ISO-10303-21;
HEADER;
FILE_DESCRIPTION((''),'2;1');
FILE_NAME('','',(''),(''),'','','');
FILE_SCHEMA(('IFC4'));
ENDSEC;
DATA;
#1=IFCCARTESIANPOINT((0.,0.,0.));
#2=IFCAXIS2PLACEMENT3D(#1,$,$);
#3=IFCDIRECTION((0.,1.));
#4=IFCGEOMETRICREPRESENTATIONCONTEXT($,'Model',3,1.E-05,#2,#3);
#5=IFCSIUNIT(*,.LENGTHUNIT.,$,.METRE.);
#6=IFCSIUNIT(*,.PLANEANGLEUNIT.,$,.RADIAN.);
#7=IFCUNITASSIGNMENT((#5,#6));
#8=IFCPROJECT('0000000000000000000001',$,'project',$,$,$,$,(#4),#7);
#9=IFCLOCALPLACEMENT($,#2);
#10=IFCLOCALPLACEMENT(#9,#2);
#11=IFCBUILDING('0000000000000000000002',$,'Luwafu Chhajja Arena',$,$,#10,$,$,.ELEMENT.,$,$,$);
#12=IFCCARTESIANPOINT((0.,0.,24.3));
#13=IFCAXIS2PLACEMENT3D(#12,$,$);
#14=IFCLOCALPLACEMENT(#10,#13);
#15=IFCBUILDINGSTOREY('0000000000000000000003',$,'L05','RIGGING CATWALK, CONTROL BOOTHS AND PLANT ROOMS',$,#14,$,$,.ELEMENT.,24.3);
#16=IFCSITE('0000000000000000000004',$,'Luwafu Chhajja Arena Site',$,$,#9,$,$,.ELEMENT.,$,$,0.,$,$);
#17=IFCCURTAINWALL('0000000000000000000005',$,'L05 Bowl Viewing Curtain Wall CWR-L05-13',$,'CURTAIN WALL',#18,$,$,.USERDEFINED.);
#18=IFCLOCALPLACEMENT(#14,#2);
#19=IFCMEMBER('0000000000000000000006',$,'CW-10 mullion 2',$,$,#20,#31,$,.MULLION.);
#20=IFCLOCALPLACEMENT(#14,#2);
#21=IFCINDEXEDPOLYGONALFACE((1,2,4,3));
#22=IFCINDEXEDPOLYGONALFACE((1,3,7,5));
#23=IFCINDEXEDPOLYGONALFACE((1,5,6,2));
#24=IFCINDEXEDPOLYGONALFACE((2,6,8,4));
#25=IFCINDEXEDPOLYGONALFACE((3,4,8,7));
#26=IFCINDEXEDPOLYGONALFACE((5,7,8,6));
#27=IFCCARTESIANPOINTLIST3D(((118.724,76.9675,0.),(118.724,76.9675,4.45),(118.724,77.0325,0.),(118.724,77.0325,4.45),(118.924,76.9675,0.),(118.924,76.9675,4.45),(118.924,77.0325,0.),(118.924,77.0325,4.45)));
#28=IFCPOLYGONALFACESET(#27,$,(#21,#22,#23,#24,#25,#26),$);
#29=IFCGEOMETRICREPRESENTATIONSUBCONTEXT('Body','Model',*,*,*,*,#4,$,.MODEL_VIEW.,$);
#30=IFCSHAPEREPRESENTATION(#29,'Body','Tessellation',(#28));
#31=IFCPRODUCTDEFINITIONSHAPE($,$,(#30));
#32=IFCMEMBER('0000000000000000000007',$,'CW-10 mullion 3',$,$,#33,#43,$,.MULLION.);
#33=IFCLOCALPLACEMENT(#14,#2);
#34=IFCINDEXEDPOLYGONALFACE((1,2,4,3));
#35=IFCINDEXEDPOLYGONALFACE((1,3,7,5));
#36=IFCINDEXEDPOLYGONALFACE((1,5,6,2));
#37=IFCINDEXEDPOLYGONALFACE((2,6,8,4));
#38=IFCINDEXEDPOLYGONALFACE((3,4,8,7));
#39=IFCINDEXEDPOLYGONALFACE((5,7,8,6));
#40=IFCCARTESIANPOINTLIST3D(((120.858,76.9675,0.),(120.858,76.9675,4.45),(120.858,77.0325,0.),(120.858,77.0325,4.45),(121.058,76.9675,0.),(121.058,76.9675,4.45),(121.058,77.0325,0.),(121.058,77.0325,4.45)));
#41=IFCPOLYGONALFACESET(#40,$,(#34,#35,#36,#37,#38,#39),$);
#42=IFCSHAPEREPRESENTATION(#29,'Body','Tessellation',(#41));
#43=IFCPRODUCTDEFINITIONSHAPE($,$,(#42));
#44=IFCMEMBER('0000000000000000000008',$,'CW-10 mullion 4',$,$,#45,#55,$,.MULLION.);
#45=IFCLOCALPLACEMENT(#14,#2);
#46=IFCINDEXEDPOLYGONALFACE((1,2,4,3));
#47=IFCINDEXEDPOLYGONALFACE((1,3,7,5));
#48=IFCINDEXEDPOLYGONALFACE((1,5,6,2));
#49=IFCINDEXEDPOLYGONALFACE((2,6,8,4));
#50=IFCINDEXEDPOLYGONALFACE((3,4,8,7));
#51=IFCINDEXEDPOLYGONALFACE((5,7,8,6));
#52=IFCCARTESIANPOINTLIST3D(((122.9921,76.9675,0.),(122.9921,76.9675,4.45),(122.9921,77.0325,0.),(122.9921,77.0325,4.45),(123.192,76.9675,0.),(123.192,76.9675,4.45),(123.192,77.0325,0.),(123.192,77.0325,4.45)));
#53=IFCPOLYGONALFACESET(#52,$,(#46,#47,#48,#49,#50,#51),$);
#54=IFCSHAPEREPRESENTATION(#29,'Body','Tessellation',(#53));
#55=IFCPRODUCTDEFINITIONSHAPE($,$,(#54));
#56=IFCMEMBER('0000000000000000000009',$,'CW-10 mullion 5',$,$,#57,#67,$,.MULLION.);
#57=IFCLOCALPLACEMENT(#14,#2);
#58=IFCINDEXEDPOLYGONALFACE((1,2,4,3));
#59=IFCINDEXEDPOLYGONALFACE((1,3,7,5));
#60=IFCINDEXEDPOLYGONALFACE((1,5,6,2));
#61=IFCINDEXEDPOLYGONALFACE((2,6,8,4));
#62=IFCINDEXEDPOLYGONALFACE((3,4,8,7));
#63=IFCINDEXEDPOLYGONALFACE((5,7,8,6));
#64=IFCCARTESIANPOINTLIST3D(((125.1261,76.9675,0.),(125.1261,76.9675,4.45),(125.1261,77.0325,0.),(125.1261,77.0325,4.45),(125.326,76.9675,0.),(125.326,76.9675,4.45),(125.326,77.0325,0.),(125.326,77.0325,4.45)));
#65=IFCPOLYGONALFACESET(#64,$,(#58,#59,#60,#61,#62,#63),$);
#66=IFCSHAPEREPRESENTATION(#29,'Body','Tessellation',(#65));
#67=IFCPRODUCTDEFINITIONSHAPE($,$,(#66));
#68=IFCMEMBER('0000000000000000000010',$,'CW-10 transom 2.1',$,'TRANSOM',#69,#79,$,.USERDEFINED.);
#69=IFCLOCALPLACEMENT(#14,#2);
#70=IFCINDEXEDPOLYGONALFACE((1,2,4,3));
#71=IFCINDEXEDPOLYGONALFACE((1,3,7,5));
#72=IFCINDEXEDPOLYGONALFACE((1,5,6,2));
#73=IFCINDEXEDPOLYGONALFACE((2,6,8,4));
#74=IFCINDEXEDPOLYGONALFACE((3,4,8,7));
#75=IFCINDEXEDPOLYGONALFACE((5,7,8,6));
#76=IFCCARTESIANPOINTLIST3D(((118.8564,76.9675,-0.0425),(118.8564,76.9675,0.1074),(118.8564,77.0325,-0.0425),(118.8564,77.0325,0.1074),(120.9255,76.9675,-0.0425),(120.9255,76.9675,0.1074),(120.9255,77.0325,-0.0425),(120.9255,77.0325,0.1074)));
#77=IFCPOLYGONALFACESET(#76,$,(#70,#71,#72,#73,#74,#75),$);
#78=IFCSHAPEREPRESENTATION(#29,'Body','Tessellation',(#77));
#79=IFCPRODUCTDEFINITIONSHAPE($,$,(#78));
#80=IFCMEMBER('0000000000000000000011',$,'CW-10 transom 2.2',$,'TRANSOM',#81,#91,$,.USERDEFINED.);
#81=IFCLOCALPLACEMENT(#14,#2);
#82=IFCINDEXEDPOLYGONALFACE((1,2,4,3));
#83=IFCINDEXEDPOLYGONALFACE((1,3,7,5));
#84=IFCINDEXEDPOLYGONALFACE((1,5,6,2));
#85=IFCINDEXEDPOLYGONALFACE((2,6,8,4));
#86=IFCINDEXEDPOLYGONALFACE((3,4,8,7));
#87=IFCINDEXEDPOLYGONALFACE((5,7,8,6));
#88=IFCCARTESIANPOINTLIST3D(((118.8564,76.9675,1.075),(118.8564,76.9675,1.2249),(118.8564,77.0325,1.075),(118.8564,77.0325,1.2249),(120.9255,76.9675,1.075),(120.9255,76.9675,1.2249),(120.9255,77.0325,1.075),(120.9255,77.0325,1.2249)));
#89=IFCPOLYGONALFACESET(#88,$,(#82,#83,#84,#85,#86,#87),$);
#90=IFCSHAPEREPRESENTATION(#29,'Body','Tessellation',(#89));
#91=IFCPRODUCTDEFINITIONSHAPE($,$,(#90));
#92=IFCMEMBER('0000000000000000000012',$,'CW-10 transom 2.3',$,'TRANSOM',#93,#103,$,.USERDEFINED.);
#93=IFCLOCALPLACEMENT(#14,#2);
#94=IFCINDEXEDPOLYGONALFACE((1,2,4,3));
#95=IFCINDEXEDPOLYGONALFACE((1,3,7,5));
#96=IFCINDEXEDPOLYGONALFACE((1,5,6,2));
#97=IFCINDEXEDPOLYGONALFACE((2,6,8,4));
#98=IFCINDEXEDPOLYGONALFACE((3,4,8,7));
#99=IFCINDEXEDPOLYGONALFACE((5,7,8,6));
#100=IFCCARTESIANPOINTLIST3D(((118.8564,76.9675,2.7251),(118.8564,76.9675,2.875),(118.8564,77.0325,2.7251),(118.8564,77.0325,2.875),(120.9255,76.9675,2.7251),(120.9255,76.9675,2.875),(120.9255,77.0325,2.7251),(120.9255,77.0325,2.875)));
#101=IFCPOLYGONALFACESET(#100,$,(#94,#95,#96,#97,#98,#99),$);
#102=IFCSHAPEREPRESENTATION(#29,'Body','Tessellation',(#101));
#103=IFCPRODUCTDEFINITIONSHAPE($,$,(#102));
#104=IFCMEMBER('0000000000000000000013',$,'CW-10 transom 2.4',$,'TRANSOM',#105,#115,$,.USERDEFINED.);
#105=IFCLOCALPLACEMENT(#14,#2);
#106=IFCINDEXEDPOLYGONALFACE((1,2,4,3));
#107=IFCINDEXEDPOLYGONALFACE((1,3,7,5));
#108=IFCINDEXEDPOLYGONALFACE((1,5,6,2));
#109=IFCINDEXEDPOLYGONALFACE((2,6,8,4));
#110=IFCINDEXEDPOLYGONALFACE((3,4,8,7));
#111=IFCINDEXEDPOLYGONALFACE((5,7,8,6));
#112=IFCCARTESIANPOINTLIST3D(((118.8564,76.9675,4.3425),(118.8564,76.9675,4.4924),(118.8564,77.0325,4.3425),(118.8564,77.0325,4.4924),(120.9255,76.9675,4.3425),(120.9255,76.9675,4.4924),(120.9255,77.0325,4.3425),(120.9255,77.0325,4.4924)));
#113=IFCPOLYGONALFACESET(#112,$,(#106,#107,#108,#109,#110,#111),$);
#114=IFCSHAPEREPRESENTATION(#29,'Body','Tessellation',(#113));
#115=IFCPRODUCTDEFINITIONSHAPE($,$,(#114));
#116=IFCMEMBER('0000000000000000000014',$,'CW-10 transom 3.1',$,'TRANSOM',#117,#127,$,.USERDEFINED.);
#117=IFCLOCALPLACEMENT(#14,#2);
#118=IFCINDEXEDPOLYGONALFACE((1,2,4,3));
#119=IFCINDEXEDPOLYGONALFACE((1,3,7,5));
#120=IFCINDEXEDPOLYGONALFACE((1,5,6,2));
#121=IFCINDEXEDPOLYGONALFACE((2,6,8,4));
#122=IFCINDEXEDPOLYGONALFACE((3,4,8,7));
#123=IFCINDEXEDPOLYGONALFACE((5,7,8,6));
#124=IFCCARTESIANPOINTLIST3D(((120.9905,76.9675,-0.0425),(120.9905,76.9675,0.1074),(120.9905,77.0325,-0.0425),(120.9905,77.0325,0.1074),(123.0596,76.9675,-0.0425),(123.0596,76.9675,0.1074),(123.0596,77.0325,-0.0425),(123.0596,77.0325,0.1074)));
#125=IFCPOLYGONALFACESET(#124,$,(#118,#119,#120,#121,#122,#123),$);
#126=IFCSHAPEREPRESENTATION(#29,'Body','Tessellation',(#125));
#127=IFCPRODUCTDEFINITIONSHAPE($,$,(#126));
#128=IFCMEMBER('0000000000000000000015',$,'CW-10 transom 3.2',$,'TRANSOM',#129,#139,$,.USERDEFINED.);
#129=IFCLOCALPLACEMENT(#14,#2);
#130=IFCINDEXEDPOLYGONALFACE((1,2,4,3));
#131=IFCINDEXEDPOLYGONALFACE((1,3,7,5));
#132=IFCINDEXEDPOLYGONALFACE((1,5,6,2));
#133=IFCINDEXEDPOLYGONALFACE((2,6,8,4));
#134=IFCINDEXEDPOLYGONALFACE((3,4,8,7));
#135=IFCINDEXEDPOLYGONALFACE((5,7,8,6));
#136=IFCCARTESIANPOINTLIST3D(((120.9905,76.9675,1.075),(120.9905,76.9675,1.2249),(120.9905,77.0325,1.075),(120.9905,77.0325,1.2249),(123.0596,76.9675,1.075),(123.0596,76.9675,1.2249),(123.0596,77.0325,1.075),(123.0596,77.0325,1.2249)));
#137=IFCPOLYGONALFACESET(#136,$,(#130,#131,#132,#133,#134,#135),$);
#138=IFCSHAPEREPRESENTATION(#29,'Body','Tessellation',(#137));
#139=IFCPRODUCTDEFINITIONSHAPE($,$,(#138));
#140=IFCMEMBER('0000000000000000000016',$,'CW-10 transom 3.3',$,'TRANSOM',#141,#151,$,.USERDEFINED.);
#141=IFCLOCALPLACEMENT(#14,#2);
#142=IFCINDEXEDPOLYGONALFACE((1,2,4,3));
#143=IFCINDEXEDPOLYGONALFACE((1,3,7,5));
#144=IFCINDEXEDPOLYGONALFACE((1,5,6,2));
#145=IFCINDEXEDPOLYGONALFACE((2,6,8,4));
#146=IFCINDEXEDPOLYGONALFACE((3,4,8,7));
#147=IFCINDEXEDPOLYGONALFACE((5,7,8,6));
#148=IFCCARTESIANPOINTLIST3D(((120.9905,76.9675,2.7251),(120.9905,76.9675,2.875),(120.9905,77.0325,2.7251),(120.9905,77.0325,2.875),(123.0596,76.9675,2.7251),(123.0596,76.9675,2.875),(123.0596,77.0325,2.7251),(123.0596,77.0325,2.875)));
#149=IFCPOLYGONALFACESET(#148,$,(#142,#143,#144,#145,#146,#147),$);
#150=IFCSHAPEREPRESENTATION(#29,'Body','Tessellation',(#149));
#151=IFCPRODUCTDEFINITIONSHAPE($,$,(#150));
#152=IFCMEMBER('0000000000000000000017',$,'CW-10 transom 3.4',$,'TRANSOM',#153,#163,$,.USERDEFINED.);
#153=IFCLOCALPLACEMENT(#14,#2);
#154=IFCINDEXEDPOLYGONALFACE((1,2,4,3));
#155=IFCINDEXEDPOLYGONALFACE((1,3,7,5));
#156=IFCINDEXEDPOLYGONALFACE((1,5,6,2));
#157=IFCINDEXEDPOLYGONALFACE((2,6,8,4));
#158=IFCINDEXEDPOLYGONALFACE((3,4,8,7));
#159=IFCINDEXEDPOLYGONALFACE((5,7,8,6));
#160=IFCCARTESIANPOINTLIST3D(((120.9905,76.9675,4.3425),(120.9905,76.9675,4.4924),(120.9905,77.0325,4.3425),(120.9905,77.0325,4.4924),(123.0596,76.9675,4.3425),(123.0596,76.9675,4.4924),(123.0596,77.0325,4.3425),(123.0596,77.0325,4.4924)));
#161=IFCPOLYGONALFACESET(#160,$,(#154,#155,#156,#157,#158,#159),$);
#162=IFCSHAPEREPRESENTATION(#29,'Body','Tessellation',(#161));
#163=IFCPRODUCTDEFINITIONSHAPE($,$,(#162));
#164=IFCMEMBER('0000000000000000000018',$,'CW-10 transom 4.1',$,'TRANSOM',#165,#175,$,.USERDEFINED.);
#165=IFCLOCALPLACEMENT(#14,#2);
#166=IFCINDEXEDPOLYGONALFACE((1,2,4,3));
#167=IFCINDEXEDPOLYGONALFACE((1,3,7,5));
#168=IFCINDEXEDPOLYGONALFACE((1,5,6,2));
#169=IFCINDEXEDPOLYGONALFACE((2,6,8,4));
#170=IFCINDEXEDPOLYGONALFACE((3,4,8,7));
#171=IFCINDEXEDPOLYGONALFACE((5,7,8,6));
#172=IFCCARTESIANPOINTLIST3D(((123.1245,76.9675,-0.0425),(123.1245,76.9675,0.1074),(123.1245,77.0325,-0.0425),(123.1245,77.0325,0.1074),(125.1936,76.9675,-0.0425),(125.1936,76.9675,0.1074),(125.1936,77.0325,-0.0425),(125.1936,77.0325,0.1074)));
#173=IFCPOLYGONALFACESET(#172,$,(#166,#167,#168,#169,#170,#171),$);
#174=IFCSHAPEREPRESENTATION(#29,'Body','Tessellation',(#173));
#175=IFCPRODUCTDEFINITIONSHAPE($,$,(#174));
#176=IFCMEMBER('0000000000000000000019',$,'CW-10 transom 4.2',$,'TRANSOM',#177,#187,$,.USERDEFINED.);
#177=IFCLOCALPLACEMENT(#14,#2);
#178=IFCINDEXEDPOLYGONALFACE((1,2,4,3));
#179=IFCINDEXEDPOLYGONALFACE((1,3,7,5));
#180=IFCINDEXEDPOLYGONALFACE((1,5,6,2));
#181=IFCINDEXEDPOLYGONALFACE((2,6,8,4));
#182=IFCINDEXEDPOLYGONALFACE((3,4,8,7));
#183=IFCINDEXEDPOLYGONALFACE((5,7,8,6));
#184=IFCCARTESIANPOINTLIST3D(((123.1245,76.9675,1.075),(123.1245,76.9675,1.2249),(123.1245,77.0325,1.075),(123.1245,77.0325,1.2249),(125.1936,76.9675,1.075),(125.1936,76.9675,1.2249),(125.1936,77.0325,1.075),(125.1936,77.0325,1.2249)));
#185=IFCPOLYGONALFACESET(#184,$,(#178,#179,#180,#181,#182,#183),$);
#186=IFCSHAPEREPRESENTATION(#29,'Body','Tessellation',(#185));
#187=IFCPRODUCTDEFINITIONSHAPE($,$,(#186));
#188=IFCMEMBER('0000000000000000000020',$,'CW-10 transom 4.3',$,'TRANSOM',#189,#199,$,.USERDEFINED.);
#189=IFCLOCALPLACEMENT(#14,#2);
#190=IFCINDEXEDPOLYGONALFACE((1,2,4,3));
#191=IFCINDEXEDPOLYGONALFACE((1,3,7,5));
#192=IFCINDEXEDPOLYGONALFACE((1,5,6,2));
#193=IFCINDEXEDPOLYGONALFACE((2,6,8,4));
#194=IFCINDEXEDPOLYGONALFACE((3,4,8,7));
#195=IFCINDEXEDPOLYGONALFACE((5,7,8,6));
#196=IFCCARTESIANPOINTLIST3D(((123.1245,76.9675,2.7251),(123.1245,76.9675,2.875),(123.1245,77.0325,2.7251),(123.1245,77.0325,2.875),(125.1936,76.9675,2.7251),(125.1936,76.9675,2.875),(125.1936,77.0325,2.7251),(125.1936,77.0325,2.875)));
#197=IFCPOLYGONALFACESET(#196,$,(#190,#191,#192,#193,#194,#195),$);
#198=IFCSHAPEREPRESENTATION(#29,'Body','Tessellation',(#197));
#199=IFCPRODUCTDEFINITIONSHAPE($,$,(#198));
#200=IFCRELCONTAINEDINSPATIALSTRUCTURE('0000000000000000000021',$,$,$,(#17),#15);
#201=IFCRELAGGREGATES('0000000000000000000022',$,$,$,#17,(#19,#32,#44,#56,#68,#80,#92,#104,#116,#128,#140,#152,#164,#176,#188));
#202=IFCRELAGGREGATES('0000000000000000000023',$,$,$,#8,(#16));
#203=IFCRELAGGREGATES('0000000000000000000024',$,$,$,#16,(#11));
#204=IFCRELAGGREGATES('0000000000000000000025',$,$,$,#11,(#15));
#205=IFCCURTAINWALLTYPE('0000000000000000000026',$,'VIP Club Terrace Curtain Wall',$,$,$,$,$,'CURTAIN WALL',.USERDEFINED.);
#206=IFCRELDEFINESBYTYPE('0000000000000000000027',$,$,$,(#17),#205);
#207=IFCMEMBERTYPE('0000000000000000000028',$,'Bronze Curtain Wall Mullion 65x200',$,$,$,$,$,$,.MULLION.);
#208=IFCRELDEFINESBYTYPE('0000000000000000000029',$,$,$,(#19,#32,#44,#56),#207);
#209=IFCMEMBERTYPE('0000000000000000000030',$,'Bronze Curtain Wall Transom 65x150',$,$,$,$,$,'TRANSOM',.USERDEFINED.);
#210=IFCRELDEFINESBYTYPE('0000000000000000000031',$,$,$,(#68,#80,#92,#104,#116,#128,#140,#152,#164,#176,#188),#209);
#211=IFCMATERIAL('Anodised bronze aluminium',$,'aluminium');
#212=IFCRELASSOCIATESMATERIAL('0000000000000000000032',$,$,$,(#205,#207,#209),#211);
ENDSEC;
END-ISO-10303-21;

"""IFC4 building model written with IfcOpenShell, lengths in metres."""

from ifc_helpers import new_model, si_unit, direction, frame, origin, origin_2d, place, context, subcontext, project, spatial, rectangle, extrude, material, material_profile, profile_set, type_object, element, aggregate, save


model = new_model("IFC4")

# Units and contexts
model_context = context("Model", 3, precision=1e-05, world=origin(), true_north=direction((0.0, 1.0)))
body_context = subcontext(model_context, "Body", "Model", "MODEL_VIEW")
ifc_project = project(units=[si_unit("LENGTHUNIT", "METRE"), si_unit("PLANEANGLEUNIT", "RADIAN")], contexts=[model_context])

# Site, building, storey
site_placement = place(None, origin())
site = spatial("IfcSite", under=ifc_project, at=site_placement, Name="Luwafu Chhajja Arena Site", CompositionType="ELEMENT", RefElevation=0.0)
building_placement = place(site_placement, origin())
building = spatial("IfcBuilding", under=site, at=building_placement, Name="Luwafu Chhajja Arena", CompositionType="ELEMENT")
storey_placement = place(building_placement, frame((0.0, 0.0, 24.3)))
storey = spatial("IfcBuildingStorey", under=building, at=storey_placement, Name="L05", Description="RIGGING CATWALK, CONTROL BOOTHS AND PLANT ROOMS", CompositionType="ELEMENT", Elevation=24.3)

# Curtain wall, members
ifc_material_1 = material(Name="Anodised bronze aluminium", Category="aluminium")
curtain_wall_type = type_object("IfcCurtainWallType", Name="VIP Club Terrace Curtain Wall", ElementType="CURTAIN WALL", PredefinedType="USERDEFINED", material=ifc_material_1)
curtain_wall_placement = place(storey_placement, origin())
curtain_wall = element("IfcCurtainWall", 1, at=curtain_wall_placement, inside=storey, type_object=curtain_wall_type, Name="L05 Bowl Viewing Curtain Wall CWR-L05-13", ObjectType="CURTAIN WALL", PredefinedType="USERDEFINED")
ifc_material_profile_1 = material_profile(ifc_material_1, rectangle(XDim=0.0649, YDim=0.2, at=origin_2d()), Name="CWM 65x200")
ifc_profile_set_1 = profile_set([ifc_material_profile_1], Name="Anodised bronze aluminium")
member_type_1 = type_object("IfcMemberType", Name="Bronze Curtain Wall Mullion 65x200", PredefinedType="MULLION", material=ifc_profile_set_1)
member_1_placement = place(storey_placement, frame((118.824, 77.0, 0.0), z_axis=(0.0, 0.0, 1.0), x_axis=(0.0, 1.0, 0.0)))
member_1 = element("IfcMember", 2, at=member_1_placement, type_object=member_type_1, Name="CW-10 mullion 2", PredefinedType="MULLION", context=body_context, shape_type="SweptSolid", body=[
    extrude(rectangle(XDim=0.0649, YDim=0.2, at=origin_2d()), origin(), (0.0, 0.0, 1.0), 4.45),
])
member_2_placement = place(storey_placement, frame((120.958, 77.0, 0.0), z_axis=(0.0, 0.0, 1.0), x_axis=(0.0, 1.0, 0.0)))
member_2 = element("IfcMember", 3, at=member_2_placement, type_object=member_type_1, Name="CW-10 mullion 3", PredefinedType="MULLION", context=body_context, shape_type="SweptSolid", body=[
    extrude(rectangle(XDim=0.0649, YDim=0.2, at=origin_2d()), origin(), (0.0, 0.0, 1.0), 4.45),
])
member_3_placement = place(storey_placement, frame((123.092, 77.0, 0.0), z_axis=(0.0, 0.0, 1.0), x_axis=(0.0, 1.0, 0.0)))
member_3 = element("IfcMember", 4, at=member_3_placement, type_object=member_type_1, Name="CW-10 mullion 4", PredefinedType="MULLION", context=body_context, shape_type="SweptSolid", body=[
    extrude(rectangle(XDim=0.0649, YDim=0.2, at=origin_2d()), origin(), (0.0, 0.0, 1.0), 4.45),
])
member_4_placement = place(storey_placement, frame((125.2261, 77.0, 0.0), z_axis=(0.0, 0.0, 1.0), x_axis=(0.0, 1.0, 0.0)))
member_4 = element("IfcMember", 5, at=member_4_placement, type_object=member_type_1, Name="CW-10 mullion 5", PredefinedType="MULLION", context=body_context, shape_type="SweptSolid", body=[
    extrude(rectangle(XDim=0.0649, YDim=0.2, at=origin_2d()), origin(), (0.0, 0.0, 1.0), 4.45),
])
ifc_material_profile_2 = material_profile(ifc_material_1, rectangle(XDim=0.0649, YDim=0.1499, at=origin_2d()), Name="CWT 65x150")
ifc_profile_set_2 = profile_set([ifc_material_profile_2], Name="Anodised bronze aluminium")
member_type_2 = type_object("IfcMemberType", Name="Bronze Curtain Wall Transom 65x150", ElementType="TRANSOM", PredefinedType="USERDEFINED", material=ifc_profile_set_2)
member_5_placement = place(storey_placement, frame((118.8564, 77.0, 0.0325), z_axis=(1.0, 0.0, 0.0), x_axis=(0.0, 1.0, 0.0)))
member_5 = element("IfcMember", 6, at=member_5_placement, type_object=member_type_2, Name="CW-10 transom 2.1", ObjectType="TRANSOM", PredefinedType="USERDEFINED", context=body_context, shape_type="SweptSolid", body=[
    extrude(rectangle(XDim=0.0649, YDim=0.1499, at=origin_2d()), origin(), (0.0, 0.0, 1.0), 2.0691),
])
member_6_placement = place(storey_placement, frame((118.8564, 77.0, 1.1499), z_axis=(1.0, 0.0, 0.0), x_axis=(0.0, 1.0, 0.0)))
member_6 = element("IfcMember", 7, at=member_6_placement, type_object=member_type_2, Name="CW-10 transom 2.2", ObjectType="TRANSOM", PredefinedType="USERDEFINED", context=body_context, shape_type="SweptSolid", body=[
    extrude(rectangle(XDim=0.0649, YDim=0.1499, at=origin_2d()), origin(), (0.0, 0.0, 1.0), 2.0691),
])
member_7_placement = place(storey_placement, frame((118.8564, 77.0, 2.8), z_axis=(1.0, 0.0, 0.0), x_axis=(0.0, 1.0, 0.0)))
member_7 = element("IfcMember", 8, at=member_7_placement, type_object=member_type_2, Name="CW-10 transom 2.3", ObjectType="TRANSOM", PredefinedType="USERDEFINED", context=body_context, shape_type="SweptSolid", body=[
    extrude(rectangle(XDim=0.0649, YDim=0.1499, at=origin_2d()), origin(), (0.0, 0.0, 1.0), 2.0691),
])
member_8_placement = place(storey_placement, frame((118.8564, 77.0, 4.4175), z_axis=(1.0, 0.0, 0.0), x_axis=(0.0, 1.0, 0.0)))
member_8 = element("IfcMember", 9, at=member_8_placement, type_object=member_type_2, Name="CW-10 transom 2.4", ObjectType="TRANSOM", PredefinedType="USERDEFINED", context=body_context, shape_type="SweptSolid", body=[
    extrude(rectangle(XDim=0.0649, YDim=0.1499, at=origin_2d()), origin(), (0.0, 0.0, 1.0), 2.0691),
])
member_9_placement = place(storey_placement, frame((120.9905, 77.0, 0.0325), z_axis=(1.0, 0.0, 0.0), x_axis=(0.0, 1.0, 0.0)))
member_9 = element("IfcMember", 10, at=member_9_placement, type_object=member_type_2, Name="CW-10 transom 3.1", ObjectType="TRANSOM", PredefinedType="USERDEFINED", context=body_context, shape_type="SweptSolid", body=[
    extrude(rectangle(XDim=0.0649, YDim=0.1499, at=origin_2d()), origin(), (0.0, 0.0, 1.0), 2.0691),
])
member_10_placement = place(storey_placement, frame((120.9905, 77.0, 1.1499), z_axis=(1.0, 0.0, 0.0), x_axis=(0.0, 1.0, 0.0)))
member_10 = element("IfcMember", 11, at=member_10_placement, type_object=member_type_2, Name="CW-10 transom 3.2", ObjectType="TRANSOM", PredefinedType="USERDEFINED", context=body_context, shape_type="SweptSolid", body=[
    extrude(rectangle(XDim=0.0649, YDim=0.1499, at=origin_2d()), origin(), (0.0, 0.0, 1.0), 2.0691),
])
member_11_placement = place(storey_placement, frame((120.9905, 77.0, 2.8), z_axis=(1.0, 0.0, 0.0), x_axis=(0.0, 1.0, 0.0)))
member_11 = element("IfcMember", 12, at=member_11_placement, type_object=member_type_2, Name="CW-10 transom 3.3", ObjectType="TRANSOM", PredefinedType="USERDEFINED", context=body_context, shape_type="SweptSolid", body=[
    extrude(rectangle(XDim=0.0649, YDim=0.1499, at=origin_2d()), origin(), (0.0, 0.0, 1.0), 2.0691),
])
member_12_placement = place(storey_placement, frame((120.9905, 77.0, 4.4175), z_axis=(1.0, 0.0, 0.0), x_axis=(0.0, 1.0, 0.0)))
member_12 = element("IfcMember", 13, at=member_12_placement, type_object=member_type_2, Name="CW-10 transom 3.4", ObjectType="TRANSOM", PredefinedType="USERDEFINED", context=body_context, shape_type="SweptSolid", body=[
    extrude(rectangle(XDim=0.0649, YDim=0.1499, at=origin_2d()), origin(), (0.0, 0.0, 1.0), 2.0691),
])
member_13_placement = place(storey_placement, frame((123.1245, 77.0, 0.0325), z_axis=(1.0, 0.0, 0.0), x_axis=(0.0, 1.0, 0.0)))
member_13 = element("IfcMember", 14, at=member_13_placement, type_object=member_type_2, Name="CW-10 transom 4.1", ObjectType="TRANSOM", PredefinedType="USERDEFINED", context=body_context, shape_type="SweptSolid", body=[
    extrude(rectangle(XDim=0.0649, YDim=0.1499, at=origin_2d()), origin(), (0.0, 0.0, 1.0), 2.0691),
])
member_14_placement = place(storey_placement, frame((123.1245, 77.0, 1.1499), z_axis=(1.0, 0.0, 0.0), x_axis=(0.0, 1.0, 0.0)))
member_14 = element("IfcMember", 15, at=member_14_placement, type_object=member_type_2, Name="CW-10 transom 4.2", ObjectType="TRANSOM", PredefinedType="USERDEFINED", context=body_context, shape_type="SweptSolid", body=[
    extrude(rectangle(XDim=0.0649, YDim=0.1499, at=origin_2d()), origin(), (0.0, 0.0, 1.0), 2.0691),
])
member_15_placement = place(storey_placement, frame((123.1245, 77.0, 2.8), z_axis=(1.0, 0.0, 0.0), x_axis=(0.0, 1.0, 0.0)))
member_15 = element("IfcMember", 16, at=member_15_placement, type_object=member_type_2, Name="CW-10 transom 4.3", ObjectType="TRANSOM", PredefinedType="USERDEFINED", context=body_context, shape_type="SweptSolid", body=[
    extrude(rectangle(XDim=0.0649, YDim=0.1499, at=origin_2d()), origin(), (0.0, 0.0, 1.0), 2.0691),
])
aggregate(curtain_wall, [member_1, member_2, member_3, member_4, member_5, member_6, member_7, member_8, member_9, member_10, member_11, member_12, member_13, member_14, member_15])

save(model, "model.ifc")
